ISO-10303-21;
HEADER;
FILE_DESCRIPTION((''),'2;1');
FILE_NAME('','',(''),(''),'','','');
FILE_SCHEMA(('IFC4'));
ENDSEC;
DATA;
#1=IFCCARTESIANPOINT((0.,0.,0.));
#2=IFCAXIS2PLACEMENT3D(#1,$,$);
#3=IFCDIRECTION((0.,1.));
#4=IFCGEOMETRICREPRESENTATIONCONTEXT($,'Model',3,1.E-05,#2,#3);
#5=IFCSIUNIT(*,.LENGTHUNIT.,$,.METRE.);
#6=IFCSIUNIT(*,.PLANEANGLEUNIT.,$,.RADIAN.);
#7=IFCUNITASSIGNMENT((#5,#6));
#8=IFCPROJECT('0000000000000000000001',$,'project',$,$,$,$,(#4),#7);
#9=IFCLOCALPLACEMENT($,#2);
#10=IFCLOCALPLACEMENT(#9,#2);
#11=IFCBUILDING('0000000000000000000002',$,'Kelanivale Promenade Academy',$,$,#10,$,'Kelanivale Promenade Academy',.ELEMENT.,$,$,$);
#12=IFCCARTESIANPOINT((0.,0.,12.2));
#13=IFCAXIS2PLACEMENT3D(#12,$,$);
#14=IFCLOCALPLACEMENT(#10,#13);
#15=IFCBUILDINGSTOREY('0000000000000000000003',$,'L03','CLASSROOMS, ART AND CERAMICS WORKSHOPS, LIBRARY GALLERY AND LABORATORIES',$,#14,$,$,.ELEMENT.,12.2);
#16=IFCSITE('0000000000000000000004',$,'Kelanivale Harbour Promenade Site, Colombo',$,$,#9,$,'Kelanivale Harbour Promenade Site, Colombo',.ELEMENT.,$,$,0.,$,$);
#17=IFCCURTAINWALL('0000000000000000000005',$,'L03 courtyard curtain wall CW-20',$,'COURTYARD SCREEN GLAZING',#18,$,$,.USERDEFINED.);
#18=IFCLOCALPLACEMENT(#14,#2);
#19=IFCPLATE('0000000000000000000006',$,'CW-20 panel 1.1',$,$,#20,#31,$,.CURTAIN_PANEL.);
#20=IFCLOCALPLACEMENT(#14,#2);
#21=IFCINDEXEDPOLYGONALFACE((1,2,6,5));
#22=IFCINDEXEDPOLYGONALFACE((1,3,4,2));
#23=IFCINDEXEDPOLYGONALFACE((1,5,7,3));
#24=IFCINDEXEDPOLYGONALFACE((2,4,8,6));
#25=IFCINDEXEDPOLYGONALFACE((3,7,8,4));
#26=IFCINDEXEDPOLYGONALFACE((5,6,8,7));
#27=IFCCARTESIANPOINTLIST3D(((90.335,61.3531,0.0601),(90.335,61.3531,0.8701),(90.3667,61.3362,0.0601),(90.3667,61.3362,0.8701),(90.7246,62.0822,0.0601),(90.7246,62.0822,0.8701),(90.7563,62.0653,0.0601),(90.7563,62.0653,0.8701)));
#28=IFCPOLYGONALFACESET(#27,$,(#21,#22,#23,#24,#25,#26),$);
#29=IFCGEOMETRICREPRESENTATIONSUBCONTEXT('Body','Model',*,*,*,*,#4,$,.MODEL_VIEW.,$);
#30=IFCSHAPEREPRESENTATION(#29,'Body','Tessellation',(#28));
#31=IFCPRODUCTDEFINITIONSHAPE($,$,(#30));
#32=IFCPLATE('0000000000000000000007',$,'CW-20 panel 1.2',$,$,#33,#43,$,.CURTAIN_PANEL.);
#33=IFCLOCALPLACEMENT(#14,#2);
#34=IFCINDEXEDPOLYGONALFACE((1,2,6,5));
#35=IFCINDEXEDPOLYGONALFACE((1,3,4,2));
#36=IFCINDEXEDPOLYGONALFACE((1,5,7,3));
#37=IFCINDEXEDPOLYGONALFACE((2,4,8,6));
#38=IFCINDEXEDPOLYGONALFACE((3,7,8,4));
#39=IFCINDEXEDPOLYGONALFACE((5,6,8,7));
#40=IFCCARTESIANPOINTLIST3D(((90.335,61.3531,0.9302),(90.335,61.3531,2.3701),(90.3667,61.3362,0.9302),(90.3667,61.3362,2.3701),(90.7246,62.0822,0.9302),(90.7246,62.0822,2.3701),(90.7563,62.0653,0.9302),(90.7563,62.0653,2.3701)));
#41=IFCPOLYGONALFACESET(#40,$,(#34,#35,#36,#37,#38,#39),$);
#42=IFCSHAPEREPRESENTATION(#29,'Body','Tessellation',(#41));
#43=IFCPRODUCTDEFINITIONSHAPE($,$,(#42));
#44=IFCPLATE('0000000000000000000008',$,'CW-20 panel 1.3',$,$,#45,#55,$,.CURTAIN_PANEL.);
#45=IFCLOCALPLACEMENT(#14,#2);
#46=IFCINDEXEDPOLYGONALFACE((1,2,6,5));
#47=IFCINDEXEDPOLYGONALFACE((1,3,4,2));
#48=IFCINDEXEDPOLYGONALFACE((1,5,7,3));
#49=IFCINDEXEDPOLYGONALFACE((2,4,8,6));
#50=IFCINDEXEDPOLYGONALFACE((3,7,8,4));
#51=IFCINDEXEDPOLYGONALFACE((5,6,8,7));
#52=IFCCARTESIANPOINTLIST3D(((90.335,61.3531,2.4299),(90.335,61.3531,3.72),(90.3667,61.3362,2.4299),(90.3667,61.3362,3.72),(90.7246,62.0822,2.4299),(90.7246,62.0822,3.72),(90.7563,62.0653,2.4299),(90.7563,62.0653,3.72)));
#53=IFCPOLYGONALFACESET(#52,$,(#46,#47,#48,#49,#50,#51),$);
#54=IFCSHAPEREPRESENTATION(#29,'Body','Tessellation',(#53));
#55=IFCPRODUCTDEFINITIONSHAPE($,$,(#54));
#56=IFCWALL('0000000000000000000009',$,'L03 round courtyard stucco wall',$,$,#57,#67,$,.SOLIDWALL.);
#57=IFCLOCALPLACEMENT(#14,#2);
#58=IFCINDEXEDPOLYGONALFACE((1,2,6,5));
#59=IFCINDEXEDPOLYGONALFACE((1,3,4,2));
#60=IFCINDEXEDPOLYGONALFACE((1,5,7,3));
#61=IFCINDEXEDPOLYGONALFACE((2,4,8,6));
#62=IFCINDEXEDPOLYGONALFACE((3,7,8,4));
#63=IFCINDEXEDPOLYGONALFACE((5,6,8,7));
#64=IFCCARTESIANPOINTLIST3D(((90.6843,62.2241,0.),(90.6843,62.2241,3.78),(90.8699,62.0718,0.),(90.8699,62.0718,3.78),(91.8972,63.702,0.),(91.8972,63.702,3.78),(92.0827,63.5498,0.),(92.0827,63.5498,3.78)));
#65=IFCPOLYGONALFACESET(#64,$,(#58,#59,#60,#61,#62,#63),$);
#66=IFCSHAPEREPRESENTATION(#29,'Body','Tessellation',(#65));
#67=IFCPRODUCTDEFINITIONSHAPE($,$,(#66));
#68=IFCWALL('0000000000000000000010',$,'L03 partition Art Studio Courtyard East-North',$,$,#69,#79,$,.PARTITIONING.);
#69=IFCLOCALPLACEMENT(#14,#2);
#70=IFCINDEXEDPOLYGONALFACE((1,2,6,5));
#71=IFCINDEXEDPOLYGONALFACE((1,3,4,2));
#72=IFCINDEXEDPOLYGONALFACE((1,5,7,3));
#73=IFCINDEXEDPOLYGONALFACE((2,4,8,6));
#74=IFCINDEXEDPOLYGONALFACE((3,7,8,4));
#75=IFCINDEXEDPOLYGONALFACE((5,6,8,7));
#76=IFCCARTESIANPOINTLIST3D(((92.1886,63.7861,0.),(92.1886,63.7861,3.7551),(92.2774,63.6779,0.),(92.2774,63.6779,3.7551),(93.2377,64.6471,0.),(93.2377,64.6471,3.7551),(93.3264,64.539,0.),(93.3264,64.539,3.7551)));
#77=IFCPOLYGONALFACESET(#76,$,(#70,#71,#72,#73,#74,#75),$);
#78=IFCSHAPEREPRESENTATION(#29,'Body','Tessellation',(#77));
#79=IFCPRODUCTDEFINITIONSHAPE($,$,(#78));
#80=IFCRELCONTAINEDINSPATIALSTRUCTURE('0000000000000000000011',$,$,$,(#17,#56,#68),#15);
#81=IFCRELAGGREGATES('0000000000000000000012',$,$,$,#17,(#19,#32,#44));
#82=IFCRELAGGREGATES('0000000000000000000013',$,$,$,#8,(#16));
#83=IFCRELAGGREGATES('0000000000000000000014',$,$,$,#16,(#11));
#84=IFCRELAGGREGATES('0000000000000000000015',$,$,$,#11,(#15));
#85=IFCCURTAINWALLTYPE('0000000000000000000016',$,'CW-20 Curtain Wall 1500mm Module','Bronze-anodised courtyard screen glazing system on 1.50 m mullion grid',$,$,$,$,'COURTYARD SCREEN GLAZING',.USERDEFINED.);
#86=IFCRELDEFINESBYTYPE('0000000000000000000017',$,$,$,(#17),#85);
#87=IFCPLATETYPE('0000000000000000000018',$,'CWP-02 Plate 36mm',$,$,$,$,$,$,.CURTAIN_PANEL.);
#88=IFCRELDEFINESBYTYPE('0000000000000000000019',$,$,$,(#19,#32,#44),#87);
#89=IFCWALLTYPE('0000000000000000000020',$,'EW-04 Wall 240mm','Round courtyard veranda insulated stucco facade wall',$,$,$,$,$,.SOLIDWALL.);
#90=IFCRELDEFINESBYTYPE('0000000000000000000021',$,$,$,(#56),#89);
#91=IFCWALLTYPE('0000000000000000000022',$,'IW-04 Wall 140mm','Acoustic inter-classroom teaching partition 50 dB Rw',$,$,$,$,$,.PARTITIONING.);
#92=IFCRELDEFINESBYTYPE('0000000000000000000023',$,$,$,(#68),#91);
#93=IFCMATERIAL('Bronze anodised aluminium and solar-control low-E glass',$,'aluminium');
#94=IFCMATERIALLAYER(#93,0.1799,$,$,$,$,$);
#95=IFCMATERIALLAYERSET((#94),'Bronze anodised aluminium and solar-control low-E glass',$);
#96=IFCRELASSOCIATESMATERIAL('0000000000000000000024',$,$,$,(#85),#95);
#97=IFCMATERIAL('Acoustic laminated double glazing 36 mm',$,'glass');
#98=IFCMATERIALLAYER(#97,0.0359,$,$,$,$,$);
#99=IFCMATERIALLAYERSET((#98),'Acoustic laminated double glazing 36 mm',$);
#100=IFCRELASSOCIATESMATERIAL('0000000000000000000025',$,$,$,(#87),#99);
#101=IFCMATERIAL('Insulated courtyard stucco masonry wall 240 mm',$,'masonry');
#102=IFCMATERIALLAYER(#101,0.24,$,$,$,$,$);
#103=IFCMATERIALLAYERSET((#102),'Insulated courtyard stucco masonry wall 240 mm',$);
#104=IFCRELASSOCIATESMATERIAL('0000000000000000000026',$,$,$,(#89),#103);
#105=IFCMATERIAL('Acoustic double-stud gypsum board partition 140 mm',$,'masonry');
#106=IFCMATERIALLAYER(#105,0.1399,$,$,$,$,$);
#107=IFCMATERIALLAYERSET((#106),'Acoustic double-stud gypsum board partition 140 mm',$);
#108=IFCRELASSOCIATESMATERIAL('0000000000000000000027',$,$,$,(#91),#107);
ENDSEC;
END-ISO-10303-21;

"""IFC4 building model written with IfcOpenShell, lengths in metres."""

from ifc_helpers import new_model, si_unit, direction, frame, frame_2d, origin, origin_2d, place, context, subcontext, project, spatial, rectangle, extrude, material, layer, layer_set, type_object, element, aggregate, save


model = new_model("IFC4")

# Units and contexts
model_context = context("Model", 3, precision=1e-05, world=origin(), true_north=direction((0.0, 1.0)))
body_context = subcontext(model_context, "Body", "Model", "MODEL_VIEW")
ifc_project = project(units=[si_unit("LENGTHUNIT", "METRE"), si_unit("PLANEANGLEUNIT", "RADIAN")], contexts=[model_context])

# Site, building, storey
site_placement = place(None, origin())
site = spatial("IfcSite", under=ifc_project, at=site_placement, Name="Kelanivale Harbour Promenade Site, Colombo", LongName="Kelanivale Harbour Promenade Site, Colombo", CompositionType="ELEMENT", RefElevation=0.0)
building_placement = place(site_placement, origin())
building = spatial("IfcBuilding", under=site, at=building_placement, Name="Kelanivale Promenade Academy", LongName="Kelanivale Promenade Academy", CompositionType="ELEMENT")
storey_placement = place(building_placement, frame((0.0, 0.0, 12.2)))
storey = spatial("IfcBuildingStorey", under=building, at=storey_placement, Name="L03", Description="CLASSROOMS, ART AND CERAMICS WORKSHOPS, LIBRARY GALLERY AND LABORATORIES", CompositionType="ELEMENT", Elevation=12.2)

# Shared definitions
ifc_material_1 = material(Name="Bronze anodised aluminium and solar-control low-E glass", Category="aluminium")

# Curtain wall
ifc_layer_1 = layer(ifc_material_1, 0.1799)
ifc_layer_set_1 = layer_set([ifc_layer_1], Name="Bronze anodised aluminium and solar-control low-E glass")
curtain_wall_type_1 = type_object("IfcCurtainWallType", Name="CW-20 Curtain Wall 1500mm Module", Description="Bronze-anodised courtyard screen glazing system on 1.50 m mullion grid", ElementType="COURTYARD SCREEN GLAZING", PredefinedType="USERDEFINED", material=ifc_layer_set_1)
curtain_wall_1_placement = place(storey_placement, origin())
curtain_wall_1 = element("IfcCurtainWall", 1, at=curtain_wall_1_placement, inside=storey, type_object=curtain_wall_type_1, Name="L03 courtyard curtain wall CW-20", ObjectType="COURTYARD SCREEN GLAZING", PredefinedType="USERDEFINED")

# Plates
ifc_material_2 = material(Name="Acoustic laminated double glazing 36 mm", Category="glass")
ifc_layer_2 = layer(ifc_material_2, 0.0359)
ifc_layer_set_2 = layer_set([ifc_layer_2], Name="Acoustic laminated double glazing 36 mm")
plate_type_1 = type_object("IfcPlateType", Name="CWP-02 Plate 36mm", PredefinedType="CURTAIN_PANEL", material=ifc_layer_set_2)
plate_1_placement = place(storey_placement, frame((90.5457, 61.7092, 0.0601), z_axis=(0.0, 0.0, 1.0), x_axis=(-0.47129, -0.881978, 0.0)))
plate_1 = element("IfcPlate", 2, at=plate_1_placement, type_object=plate_type_1, Name="CW-20 panel 1.1", PredefinedType="CURTAIN_PANEL", context=body_context, shape_type="SweptSolid", body=[
    extrude(rectangle(XDim=0.8267, YDim=0.0359, at=origin_2d()), origin(), (0.0, 0.0, 1.0), 0.8101),
])
plate_2_placement = place(storey_placement, frame((90.5457, 61.7092, 0.9302), z_axis=(0.0, 0.0, 1.0), x_axis=(-0.47129, -0.881978, 0.0)))
plate_2 = element("IfcPlate", 3, at=plate_2_placement, type_object=plate_type_1, Name="CW-20 panel 1.2", PredefinedType="CURTAIN_PANEL", context=body_context, shape_type="SweptSolid", body=[
    extrude(rectangle(XDim=0.8267, YDim=0.0359, at=origin_2d()), origin(), (0.0, 0.0, 1.0), 1.4399),
])
plate_3_placement = place(storey_placement, frame((90.5457, 61.7092, 2.4299), z_axis=(0.0, 0.0, 1.0), x_axis=(-0.47129, -0.881978, 0.0)))
plate_3 = element("IfcPlate", 4, at=plate_3_placement, type_object=plate_type_1, Name="CW-20 panel 1.3", PredefinedType="CURTAIN_PANEL", context=body_context, shape_type="SweptSolid", body=[
    extrude(rectangle(XDim=0.8267, YDim=0.0359, at=origin_2d()), origin(), (0.0, 0.0, 1.0), 1.29),
])
aggregate(curtain_wall_1, [plate_1, plate_2, plate_3])

# Walls
ifc_material_3 = material(Name="Insulated courtyard stucco masonry wall 240 mm", Category="masonry")
ifc_layer_3 = layer(ifc_material_3, 0.24)
ifc_layer_set_3 = layer_set([ifc_layer_3], Name="Insulated courtyard stucco masonry wall 240 mm")
wall_type_1 = type_object("IfcWallType", Name="EW-04 Wall 240mm", Description="Round courtyard veranda insulated stucco facade wall", PredefinedType="SOLIDWALL", material=ifc_layer_set_3)
wall_1_placement = place(storey_placement, frame((91.99, 63.626, 0.0), z_axis=(0.0, 0.0, 1.0), x_axis=(-0.634364, -0.773035, 0.0)))
element("IfcWall", 5, at=wall_1_placement, inside=storey, type_object=wall_type_1, Name="L03 round courtyard stucco wall", PredefinedType="SOLIDWALL", context=body_context, shape_type="SweptSolid", body=[
    extrude(rectangle(XDim=1.9119, YDim=0.24, at=frame_2d((0.9561, 0.0))), origin(), (0.0, 0.0, 1.0), 3.78),
])
ifc_material_4 = material(Name="Acoustic double-stud gypsum board partition 140 mm", Category="masonry")
ifc_layer_4 = layer(ifc_material_4, 0.1399)
ifc_layer_set_4 = layer_set([ifc_layer_4], Name="Acoustic double-stud gypsum board partition 140 mm")
wall_type_2 = type_object("IfcWallType", Name="IW-04 Wall 140mm", Description="Acoustic inter-classroom teaching partition 50 dB Rw", PredefinedType="PARTITIONING", material=ifc_layer_set_4)
wall_2_placement = place(storey_placement, frame((92.2329, 63.7319, 0.0), z_axis=(0.0, 0.0, 1.0), x_axis=(0.772963, 0.634452, 0.0)))
element("IfcWall", 6, at=wall_2_placement, inside=storey, type_object=wall_type_2, Name="L03 partition Art Studio Courtyard East-North", PredefinedType="PARTITIONING", context=body_context, shape_type="SweptSolid", body=[
    extrude(rectangle(XDim=1.3572, YDim=0.1399, at=frame_2d((0.6787, 0.0))), origin(), (0.0, 0.0, 1.0), 3.7551),
])

save(model, "model.ifc")
